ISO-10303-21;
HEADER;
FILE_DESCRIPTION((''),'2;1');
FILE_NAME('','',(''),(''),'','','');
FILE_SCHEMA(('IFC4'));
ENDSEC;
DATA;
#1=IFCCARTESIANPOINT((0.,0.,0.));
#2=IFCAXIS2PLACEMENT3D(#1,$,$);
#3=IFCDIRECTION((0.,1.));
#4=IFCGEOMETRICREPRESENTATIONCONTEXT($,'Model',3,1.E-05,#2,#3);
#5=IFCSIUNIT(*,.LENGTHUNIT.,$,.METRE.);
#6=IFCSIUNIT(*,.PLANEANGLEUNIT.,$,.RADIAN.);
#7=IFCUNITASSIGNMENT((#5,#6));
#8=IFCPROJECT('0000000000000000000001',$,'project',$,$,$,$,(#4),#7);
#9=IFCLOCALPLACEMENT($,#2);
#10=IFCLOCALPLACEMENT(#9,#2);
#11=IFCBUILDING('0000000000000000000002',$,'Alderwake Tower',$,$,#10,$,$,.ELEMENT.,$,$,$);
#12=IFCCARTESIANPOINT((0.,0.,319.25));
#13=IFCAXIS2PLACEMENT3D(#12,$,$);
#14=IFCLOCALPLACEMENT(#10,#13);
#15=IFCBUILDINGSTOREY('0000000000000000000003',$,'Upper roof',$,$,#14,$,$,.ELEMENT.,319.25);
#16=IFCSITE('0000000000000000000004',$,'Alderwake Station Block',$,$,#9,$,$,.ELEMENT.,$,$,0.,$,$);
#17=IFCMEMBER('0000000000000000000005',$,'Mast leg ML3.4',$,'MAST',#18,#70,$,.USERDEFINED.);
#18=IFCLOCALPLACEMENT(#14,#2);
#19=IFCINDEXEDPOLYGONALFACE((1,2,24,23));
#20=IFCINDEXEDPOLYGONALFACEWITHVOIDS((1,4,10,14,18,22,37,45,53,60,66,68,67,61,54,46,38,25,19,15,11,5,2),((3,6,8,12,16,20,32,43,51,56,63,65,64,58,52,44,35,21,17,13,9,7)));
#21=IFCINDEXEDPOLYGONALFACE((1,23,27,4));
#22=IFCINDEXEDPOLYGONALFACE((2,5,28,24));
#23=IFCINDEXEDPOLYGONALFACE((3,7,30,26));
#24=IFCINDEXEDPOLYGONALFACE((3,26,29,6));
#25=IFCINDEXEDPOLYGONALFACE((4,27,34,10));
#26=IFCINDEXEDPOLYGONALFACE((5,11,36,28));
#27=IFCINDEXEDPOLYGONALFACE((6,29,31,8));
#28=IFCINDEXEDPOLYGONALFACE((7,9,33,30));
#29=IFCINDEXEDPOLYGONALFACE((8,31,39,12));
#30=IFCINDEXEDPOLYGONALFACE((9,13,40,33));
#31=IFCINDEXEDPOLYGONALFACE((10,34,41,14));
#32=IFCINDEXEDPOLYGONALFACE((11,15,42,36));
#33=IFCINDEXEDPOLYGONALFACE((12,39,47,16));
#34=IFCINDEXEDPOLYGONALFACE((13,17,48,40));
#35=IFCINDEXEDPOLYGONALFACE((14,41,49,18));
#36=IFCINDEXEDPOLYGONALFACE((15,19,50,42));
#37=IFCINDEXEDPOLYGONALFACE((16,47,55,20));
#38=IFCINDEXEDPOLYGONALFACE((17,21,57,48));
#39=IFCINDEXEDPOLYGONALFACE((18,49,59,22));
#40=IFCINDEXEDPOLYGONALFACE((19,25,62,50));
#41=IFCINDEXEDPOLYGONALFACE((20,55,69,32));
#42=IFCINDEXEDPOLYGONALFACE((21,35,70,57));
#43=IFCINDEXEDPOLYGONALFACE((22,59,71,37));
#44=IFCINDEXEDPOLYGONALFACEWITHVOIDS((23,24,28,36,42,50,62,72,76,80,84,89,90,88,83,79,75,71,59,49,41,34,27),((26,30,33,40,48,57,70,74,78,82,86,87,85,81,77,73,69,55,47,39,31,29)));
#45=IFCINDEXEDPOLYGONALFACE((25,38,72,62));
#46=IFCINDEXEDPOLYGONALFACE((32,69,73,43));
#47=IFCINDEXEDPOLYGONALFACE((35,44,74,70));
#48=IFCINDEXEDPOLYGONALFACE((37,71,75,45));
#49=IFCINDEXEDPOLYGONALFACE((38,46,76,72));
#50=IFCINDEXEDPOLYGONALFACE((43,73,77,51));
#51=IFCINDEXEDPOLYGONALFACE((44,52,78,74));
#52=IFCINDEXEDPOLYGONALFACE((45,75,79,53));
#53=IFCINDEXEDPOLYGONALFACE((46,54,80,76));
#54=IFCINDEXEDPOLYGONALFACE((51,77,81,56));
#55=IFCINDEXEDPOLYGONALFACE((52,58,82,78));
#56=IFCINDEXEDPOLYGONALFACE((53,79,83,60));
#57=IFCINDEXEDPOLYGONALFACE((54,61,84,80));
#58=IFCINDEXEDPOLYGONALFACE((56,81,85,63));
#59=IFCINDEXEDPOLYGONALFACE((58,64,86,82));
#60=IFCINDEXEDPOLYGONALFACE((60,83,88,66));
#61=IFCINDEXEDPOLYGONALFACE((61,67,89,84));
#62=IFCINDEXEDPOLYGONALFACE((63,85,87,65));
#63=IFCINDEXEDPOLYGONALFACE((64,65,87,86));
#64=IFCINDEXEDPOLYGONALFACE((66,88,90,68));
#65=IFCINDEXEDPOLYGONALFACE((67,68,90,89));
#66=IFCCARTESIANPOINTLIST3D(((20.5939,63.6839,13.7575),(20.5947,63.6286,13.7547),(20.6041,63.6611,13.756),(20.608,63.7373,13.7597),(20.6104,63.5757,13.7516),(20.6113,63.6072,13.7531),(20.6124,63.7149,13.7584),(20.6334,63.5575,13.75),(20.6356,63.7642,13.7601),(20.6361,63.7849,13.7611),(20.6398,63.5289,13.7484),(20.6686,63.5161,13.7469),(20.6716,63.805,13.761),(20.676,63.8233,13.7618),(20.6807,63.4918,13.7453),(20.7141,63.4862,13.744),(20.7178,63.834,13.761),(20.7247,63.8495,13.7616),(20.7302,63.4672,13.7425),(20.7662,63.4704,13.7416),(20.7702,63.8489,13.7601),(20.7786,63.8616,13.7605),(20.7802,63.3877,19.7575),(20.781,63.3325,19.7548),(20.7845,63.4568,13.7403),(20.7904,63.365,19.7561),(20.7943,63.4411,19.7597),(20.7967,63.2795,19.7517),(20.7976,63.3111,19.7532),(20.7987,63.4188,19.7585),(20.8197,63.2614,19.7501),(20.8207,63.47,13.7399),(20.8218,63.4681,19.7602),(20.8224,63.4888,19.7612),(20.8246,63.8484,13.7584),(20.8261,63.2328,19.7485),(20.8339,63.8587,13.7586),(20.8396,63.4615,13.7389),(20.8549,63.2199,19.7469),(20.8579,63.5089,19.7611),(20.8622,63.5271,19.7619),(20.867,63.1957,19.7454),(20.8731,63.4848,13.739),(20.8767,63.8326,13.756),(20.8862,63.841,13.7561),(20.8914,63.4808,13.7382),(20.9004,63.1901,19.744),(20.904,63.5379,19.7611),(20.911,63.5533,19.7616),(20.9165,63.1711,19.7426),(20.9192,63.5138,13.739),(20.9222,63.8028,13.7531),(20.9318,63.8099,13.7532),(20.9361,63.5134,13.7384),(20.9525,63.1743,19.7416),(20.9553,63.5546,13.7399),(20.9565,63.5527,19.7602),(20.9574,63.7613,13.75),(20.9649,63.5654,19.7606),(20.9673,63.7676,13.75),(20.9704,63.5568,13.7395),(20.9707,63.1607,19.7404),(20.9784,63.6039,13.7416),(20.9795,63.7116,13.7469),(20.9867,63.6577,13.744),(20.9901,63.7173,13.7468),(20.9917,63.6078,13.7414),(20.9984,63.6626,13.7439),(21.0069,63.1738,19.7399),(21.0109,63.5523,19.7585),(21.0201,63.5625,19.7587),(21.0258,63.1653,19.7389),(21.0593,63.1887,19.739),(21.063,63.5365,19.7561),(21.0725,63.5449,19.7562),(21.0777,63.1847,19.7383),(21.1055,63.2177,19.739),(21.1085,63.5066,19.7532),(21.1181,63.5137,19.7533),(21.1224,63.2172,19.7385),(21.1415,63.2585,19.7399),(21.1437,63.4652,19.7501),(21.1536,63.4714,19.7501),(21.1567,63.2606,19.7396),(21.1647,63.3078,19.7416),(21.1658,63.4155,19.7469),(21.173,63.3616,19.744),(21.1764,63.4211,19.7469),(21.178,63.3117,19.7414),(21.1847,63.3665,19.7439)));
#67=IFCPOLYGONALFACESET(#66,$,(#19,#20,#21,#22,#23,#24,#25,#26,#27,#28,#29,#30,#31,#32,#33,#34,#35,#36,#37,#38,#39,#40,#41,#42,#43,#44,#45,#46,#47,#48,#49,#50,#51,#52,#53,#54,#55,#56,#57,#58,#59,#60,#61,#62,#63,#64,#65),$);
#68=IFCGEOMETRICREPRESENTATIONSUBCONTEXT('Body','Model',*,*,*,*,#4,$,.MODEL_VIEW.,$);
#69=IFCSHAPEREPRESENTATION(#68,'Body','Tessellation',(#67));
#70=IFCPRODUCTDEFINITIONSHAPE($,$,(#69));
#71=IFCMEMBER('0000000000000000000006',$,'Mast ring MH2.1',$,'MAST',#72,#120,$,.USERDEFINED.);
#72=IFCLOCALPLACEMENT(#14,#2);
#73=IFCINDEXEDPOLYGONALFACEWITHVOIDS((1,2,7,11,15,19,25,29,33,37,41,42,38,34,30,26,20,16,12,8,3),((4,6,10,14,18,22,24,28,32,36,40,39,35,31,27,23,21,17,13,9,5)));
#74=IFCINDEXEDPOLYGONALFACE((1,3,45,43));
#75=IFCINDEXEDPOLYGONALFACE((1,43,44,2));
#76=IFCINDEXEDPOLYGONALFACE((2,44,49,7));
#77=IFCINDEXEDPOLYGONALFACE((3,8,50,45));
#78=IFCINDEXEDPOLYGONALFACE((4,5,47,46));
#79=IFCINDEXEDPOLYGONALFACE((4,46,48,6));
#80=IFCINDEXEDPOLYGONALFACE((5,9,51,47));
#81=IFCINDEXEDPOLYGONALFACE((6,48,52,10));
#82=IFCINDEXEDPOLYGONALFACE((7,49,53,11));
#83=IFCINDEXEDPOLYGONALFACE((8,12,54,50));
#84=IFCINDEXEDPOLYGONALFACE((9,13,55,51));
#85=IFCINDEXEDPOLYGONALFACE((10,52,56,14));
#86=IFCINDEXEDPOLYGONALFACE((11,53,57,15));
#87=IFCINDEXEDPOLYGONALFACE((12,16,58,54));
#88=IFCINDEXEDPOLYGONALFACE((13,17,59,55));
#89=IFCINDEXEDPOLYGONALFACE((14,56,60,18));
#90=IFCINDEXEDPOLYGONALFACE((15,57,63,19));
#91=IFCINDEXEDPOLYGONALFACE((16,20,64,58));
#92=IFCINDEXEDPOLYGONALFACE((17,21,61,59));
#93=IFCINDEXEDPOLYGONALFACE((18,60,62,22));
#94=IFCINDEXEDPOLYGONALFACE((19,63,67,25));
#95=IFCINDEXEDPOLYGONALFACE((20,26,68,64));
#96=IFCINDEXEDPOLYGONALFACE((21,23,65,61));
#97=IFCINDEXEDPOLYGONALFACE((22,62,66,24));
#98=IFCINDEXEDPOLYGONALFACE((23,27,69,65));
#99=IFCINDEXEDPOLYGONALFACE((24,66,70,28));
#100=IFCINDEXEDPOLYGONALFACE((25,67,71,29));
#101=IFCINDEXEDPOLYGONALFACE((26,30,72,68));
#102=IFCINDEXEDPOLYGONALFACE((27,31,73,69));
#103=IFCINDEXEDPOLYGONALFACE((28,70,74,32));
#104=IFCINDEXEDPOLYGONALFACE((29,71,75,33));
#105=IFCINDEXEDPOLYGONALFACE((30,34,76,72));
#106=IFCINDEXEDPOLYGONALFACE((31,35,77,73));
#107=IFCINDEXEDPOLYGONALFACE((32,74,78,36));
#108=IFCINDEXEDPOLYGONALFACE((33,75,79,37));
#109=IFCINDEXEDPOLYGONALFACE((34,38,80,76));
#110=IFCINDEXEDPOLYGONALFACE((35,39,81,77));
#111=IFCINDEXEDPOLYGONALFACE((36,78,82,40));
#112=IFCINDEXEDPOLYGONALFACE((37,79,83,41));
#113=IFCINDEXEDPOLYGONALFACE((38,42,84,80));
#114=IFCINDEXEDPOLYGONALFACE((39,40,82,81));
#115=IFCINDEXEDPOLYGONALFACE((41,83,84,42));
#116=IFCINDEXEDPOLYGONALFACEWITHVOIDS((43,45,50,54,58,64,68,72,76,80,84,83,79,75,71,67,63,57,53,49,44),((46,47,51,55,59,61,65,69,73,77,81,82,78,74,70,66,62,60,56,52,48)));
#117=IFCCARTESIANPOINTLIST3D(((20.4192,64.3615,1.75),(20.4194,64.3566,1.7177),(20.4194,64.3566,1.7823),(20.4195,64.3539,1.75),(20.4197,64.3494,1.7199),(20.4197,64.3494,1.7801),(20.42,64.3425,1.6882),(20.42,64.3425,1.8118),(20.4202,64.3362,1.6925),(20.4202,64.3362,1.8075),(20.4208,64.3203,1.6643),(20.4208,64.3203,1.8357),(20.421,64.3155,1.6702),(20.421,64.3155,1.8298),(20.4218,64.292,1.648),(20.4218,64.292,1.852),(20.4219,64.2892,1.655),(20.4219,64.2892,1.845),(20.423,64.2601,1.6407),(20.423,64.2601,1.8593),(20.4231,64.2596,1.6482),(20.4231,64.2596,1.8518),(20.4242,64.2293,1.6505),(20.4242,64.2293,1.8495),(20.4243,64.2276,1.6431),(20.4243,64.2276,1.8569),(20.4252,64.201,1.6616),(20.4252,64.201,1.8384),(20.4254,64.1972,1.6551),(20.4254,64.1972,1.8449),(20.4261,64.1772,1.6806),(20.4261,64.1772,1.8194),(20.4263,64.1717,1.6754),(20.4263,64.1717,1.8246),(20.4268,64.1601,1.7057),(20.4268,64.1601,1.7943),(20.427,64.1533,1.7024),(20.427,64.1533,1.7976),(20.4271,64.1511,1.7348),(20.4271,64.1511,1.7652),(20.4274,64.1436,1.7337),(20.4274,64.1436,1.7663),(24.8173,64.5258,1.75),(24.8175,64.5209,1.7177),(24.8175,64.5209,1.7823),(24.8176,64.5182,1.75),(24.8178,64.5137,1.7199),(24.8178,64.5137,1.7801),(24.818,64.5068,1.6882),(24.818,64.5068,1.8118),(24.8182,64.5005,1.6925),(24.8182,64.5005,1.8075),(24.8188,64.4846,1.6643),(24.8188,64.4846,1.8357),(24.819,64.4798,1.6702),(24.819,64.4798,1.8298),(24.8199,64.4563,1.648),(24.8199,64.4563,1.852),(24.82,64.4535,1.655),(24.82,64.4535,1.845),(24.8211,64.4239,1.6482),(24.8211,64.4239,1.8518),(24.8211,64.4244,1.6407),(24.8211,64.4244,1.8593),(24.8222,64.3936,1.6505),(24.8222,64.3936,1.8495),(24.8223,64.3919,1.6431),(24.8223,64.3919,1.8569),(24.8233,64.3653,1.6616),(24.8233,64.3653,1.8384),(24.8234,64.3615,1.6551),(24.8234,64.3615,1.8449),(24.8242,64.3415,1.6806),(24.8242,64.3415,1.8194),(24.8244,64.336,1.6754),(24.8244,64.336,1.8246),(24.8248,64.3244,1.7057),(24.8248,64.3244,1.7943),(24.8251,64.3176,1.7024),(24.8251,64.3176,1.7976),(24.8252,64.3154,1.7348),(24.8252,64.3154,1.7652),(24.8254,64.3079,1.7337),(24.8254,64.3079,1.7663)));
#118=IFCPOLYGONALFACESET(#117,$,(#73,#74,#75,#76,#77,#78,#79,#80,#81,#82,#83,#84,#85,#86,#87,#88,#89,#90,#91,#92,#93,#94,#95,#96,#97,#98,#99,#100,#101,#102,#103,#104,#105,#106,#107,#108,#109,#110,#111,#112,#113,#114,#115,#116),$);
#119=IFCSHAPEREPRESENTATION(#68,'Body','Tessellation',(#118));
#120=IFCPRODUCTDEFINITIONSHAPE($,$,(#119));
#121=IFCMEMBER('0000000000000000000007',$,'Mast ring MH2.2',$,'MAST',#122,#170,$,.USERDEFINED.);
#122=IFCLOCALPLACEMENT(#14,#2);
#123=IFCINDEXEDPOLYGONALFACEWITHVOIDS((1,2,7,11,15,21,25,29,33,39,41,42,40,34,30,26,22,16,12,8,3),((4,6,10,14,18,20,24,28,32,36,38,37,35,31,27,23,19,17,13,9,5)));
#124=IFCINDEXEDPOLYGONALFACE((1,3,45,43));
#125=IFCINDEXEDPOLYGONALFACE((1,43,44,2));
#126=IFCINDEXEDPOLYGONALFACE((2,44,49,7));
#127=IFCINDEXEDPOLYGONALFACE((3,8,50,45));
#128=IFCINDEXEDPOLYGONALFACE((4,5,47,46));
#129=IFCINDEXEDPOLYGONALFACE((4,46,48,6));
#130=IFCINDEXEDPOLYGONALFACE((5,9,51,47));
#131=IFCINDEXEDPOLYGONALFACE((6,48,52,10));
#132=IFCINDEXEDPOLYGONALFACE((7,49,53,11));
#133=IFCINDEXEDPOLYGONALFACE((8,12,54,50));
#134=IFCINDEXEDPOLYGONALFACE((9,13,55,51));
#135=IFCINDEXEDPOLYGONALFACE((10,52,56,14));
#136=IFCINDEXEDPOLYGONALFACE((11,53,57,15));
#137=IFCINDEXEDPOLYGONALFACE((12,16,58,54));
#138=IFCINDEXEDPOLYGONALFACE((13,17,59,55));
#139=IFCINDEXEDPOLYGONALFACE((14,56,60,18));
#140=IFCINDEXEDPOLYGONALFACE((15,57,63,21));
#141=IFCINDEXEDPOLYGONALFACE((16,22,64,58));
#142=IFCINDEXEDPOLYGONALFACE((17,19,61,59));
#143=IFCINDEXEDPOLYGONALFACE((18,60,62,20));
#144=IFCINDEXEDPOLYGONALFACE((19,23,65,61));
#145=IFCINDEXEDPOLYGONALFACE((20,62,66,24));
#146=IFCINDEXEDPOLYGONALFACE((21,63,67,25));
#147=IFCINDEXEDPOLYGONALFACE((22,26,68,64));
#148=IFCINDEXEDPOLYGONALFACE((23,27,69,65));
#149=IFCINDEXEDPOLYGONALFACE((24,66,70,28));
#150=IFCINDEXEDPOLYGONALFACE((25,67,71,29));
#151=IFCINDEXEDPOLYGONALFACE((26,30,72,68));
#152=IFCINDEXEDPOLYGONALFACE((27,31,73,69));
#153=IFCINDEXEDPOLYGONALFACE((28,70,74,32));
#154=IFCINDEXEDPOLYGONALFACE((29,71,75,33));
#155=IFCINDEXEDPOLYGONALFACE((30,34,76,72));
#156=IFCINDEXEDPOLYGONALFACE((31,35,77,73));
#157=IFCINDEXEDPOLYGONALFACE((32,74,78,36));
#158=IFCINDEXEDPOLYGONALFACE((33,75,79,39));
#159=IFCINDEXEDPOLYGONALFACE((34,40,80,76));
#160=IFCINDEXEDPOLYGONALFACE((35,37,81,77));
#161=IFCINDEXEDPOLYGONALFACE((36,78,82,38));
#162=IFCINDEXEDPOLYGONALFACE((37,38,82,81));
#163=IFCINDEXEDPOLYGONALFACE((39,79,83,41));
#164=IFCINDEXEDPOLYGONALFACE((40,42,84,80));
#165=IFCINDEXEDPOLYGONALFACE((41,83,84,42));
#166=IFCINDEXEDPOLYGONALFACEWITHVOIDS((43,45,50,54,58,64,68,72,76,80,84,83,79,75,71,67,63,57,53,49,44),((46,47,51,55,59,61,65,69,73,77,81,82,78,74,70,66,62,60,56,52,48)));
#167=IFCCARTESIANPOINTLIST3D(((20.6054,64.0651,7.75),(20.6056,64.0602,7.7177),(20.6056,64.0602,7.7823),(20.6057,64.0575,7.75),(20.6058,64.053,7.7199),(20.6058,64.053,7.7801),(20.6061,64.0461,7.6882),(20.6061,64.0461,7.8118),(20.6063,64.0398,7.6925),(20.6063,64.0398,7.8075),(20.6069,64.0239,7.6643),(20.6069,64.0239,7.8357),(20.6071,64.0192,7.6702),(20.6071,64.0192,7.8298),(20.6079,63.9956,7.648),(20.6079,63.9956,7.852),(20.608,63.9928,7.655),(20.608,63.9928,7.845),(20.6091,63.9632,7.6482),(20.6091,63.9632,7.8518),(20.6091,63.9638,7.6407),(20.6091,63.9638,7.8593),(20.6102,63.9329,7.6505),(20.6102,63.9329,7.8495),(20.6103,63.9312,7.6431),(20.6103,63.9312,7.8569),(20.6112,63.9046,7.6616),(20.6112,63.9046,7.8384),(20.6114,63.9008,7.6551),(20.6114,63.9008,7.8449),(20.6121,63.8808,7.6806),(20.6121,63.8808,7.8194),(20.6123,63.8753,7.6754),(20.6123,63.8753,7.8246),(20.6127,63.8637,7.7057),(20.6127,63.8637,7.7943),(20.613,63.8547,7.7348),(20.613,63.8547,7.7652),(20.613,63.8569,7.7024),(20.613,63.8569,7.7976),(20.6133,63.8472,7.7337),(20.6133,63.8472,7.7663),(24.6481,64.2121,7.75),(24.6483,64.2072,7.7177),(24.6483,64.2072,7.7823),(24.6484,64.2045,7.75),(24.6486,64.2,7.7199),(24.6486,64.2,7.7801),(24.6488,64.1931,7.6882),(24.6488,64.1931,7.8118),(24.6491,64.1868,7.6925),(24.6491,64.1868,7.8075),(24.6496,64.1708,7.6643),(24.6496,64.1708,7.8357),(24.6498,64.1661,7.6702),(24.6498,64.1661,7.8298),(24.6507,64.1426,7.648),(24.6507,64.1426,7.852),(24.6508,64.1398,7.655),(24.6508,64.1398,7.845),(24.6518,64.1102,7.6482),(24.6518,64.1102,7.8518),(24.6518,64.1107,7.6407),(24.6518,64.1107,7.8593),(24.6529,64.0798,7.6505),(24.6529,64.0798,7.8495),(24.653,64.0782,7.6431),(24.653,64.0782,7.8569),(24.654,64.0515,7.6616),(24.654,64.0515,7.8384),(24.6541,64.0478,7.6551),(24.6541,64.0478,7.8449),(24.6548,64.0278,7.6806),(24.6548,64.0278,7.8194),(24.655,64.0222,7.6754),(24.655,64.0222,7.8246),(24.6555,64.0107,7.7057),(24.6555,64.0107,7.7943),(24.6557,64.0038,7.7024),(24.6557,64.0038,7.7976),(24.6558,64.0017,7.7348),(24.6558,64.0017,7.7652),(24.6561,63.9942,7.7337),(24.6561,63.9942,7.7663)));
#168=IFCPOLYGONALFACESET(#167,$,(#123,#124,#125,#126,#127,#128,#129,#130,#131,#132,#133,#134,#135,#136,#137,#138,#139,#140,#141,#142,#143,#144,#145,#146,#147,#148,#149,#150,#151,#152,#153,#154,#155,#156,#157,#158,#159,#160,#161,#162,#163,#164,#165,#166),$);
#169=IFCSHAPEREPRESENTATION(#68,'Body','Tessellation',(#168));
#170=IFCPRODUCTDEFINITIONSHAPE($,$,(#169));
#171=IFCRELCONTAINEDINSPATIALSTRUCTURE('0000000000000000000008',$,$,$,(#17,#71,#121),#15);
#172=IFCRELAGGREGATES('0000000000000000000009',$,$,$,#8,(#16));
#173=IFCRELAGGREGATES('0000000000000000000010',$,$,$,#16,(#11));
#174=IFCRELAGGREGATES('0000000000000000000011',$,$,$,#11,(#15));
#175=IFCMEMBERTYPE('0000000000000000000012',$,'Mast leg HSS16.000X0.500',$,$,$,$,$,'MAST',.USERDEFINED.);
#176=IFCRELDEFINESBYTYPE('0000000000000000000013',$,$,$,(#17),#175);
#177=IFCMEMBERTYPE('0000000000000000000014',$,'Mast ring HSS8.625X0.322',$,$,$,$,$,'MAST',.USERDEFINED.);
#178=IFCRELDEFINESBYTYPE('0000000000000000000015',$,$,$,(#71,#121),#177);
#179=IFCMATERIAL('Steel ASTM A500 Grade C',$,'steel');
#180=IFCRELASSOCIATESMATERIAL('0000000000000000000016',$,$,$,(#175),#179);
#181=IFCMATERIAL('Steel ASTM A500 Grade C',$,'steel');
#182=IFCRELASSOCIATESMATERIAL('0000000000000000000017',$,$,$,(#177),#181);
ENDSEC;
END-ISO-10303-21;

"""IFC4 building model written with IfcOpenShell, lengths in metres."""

from ifc_helpers import new_model, si_unit, direction, frame, origin, origin_2d, place, context, subcontext, project, spatial, hollow_circle, extrude, material, material_profile, profile_set, type_object, element, save


model = new_model("IFC4")

# Units and contexts
model_context = context("Model", 3, precision=1e-05, world=origin(), true_north=direction((0.0, 1.0)))
body_context = subcontext(model_context, "Body", "Model", "MODEL_VIEW")
ifc_project = project(units=[si_unit("LENGTHUNIT", "METRE"), si_unit("PLANEANGLEUNIT", "RADIAN")], contexts=[model_context])

# Site, building, storey
site_placement = place(None, origin())
site = spatial("IfcSite", under=ifc_project, at=site_placement, Name="Alderwake Station Block", CompositionType="ELEMENT", RefElevation=0.0)
building_placement = place(site_placement, origin())
building = spatial("IfcBuilding", under=site, at=building_placement, Name="Alderwake Tower", CompositionType="ELEMENT")
storey_placement = place(building_placement, frame((0.0, 0.0, 319.25)))
storey = spatial("IfcBuildingStorey", under=building, at=storey_placement, Name="Upper roof", CompositionType="ELEMENT", Elevation=319.25)

# Members
ifc_material_1 = material(Name="Steel ASTM A500 Grade C", Category="steel")
ifc_material_profile_1 = material_profile(ifc_material_1, hollow_circle(Radius=0.2031, WallThickness=0.0117, at=origin_2d()), Name="HSS16.000X0.500")
ifc_profile_set_1 = profile_set([ifc_material_profile_1], Name="Steel ASTM A500 Grade C")
member_type_1 = type_object("IfcMemberType", Name="Mast leg HSS16.000X0.500", ElementType="MAST", PredefinedType="USERDEFINED", material=ifc_profile_set_1)
member_1_placement = place(storey_placement, frame((20.7954, 63.6594, 13.75), z_axis=(0.030994, -0.049273, 0.998304), x_axis=(0.846466, 0.532443, 0.0)))
element("IfcMember", 1, at=member_1_placement, inside=storey, type_object=member_type_1, Name="Mast leg ML3.4", ObjectType="MAST", PredefinedType="USERDEFINED", context=body_context, shape_type="SweptSolid", body=[
    extrude(hollow_circle(Radius=0.2031, WallThickness=0.0117, at=origin_2d()), origin(), (0.0, 0.0, 1.0), 6.0103),
])
ifc_material_2 = material(Name="Steel ASTM A500 Grade C", Category="steel")
ifc_material_profile_2 = material_profile(ifc_material_2, hollow_circle(Radius=0.1096, WallThickness=0.0076, at=origin_2d()), Name="HSS8.625X0.322")
ifc_profile_set_2 = profile_set([ifc_material_profile_2], Name="Steel ASTM A500 Grade C")
member_type_2 = type_object("IfcMemberType", Name="Mast ring HSS8.625X0.322", ElementType="MAST", PredefinedType="USERDEFINED", material=ifc_profile_set_2)
member_2_placement = place(storey_placement, frame((20.4233, 64.252, 1.75), z_axis=(0.999303, 0.037334, 0.0), x_axis=(-0.037334, 0.999303, 0.0)))
element("IfcMember", 2, at=member_2_placement, inside=storey, type_object=member_type_2, Name="Mast ring MH2.1", ObjectType="MAST", PredefinedType="USERDEFINED", context=body_context, shape_type="SweptSolid", body=[
    extrude(hollow_circle(Radius=0.1096, WallThickness=0.0076, at=origin_2d()), origin(), (0.0, 0.0, 1.0), 4.4011),
])
member_3_placement = place(storey_placement, frame((20.6094, 63.9556, 7.75), z_axis=(0.99934, 0.036331, 0.0), x_axis=(-0.036331, 0.99934, 0.0)))
element("IfcMember", 3, at=member_3_placement, inside=storey, type_object=member_type_2, Name="Mast ring MH2.2", ObjectType="MAST", PredefinedType="USERDEFINED", context=body_context, shape_type="SweptSolid", body=[
    extrude(hollow_circle(Radius=0.1096, WallThickness=0.0076, at=origin_2d()), origin(), (0.0, 0.0, 1.0), 4.0454),
])

save(model, "model.ifc")
